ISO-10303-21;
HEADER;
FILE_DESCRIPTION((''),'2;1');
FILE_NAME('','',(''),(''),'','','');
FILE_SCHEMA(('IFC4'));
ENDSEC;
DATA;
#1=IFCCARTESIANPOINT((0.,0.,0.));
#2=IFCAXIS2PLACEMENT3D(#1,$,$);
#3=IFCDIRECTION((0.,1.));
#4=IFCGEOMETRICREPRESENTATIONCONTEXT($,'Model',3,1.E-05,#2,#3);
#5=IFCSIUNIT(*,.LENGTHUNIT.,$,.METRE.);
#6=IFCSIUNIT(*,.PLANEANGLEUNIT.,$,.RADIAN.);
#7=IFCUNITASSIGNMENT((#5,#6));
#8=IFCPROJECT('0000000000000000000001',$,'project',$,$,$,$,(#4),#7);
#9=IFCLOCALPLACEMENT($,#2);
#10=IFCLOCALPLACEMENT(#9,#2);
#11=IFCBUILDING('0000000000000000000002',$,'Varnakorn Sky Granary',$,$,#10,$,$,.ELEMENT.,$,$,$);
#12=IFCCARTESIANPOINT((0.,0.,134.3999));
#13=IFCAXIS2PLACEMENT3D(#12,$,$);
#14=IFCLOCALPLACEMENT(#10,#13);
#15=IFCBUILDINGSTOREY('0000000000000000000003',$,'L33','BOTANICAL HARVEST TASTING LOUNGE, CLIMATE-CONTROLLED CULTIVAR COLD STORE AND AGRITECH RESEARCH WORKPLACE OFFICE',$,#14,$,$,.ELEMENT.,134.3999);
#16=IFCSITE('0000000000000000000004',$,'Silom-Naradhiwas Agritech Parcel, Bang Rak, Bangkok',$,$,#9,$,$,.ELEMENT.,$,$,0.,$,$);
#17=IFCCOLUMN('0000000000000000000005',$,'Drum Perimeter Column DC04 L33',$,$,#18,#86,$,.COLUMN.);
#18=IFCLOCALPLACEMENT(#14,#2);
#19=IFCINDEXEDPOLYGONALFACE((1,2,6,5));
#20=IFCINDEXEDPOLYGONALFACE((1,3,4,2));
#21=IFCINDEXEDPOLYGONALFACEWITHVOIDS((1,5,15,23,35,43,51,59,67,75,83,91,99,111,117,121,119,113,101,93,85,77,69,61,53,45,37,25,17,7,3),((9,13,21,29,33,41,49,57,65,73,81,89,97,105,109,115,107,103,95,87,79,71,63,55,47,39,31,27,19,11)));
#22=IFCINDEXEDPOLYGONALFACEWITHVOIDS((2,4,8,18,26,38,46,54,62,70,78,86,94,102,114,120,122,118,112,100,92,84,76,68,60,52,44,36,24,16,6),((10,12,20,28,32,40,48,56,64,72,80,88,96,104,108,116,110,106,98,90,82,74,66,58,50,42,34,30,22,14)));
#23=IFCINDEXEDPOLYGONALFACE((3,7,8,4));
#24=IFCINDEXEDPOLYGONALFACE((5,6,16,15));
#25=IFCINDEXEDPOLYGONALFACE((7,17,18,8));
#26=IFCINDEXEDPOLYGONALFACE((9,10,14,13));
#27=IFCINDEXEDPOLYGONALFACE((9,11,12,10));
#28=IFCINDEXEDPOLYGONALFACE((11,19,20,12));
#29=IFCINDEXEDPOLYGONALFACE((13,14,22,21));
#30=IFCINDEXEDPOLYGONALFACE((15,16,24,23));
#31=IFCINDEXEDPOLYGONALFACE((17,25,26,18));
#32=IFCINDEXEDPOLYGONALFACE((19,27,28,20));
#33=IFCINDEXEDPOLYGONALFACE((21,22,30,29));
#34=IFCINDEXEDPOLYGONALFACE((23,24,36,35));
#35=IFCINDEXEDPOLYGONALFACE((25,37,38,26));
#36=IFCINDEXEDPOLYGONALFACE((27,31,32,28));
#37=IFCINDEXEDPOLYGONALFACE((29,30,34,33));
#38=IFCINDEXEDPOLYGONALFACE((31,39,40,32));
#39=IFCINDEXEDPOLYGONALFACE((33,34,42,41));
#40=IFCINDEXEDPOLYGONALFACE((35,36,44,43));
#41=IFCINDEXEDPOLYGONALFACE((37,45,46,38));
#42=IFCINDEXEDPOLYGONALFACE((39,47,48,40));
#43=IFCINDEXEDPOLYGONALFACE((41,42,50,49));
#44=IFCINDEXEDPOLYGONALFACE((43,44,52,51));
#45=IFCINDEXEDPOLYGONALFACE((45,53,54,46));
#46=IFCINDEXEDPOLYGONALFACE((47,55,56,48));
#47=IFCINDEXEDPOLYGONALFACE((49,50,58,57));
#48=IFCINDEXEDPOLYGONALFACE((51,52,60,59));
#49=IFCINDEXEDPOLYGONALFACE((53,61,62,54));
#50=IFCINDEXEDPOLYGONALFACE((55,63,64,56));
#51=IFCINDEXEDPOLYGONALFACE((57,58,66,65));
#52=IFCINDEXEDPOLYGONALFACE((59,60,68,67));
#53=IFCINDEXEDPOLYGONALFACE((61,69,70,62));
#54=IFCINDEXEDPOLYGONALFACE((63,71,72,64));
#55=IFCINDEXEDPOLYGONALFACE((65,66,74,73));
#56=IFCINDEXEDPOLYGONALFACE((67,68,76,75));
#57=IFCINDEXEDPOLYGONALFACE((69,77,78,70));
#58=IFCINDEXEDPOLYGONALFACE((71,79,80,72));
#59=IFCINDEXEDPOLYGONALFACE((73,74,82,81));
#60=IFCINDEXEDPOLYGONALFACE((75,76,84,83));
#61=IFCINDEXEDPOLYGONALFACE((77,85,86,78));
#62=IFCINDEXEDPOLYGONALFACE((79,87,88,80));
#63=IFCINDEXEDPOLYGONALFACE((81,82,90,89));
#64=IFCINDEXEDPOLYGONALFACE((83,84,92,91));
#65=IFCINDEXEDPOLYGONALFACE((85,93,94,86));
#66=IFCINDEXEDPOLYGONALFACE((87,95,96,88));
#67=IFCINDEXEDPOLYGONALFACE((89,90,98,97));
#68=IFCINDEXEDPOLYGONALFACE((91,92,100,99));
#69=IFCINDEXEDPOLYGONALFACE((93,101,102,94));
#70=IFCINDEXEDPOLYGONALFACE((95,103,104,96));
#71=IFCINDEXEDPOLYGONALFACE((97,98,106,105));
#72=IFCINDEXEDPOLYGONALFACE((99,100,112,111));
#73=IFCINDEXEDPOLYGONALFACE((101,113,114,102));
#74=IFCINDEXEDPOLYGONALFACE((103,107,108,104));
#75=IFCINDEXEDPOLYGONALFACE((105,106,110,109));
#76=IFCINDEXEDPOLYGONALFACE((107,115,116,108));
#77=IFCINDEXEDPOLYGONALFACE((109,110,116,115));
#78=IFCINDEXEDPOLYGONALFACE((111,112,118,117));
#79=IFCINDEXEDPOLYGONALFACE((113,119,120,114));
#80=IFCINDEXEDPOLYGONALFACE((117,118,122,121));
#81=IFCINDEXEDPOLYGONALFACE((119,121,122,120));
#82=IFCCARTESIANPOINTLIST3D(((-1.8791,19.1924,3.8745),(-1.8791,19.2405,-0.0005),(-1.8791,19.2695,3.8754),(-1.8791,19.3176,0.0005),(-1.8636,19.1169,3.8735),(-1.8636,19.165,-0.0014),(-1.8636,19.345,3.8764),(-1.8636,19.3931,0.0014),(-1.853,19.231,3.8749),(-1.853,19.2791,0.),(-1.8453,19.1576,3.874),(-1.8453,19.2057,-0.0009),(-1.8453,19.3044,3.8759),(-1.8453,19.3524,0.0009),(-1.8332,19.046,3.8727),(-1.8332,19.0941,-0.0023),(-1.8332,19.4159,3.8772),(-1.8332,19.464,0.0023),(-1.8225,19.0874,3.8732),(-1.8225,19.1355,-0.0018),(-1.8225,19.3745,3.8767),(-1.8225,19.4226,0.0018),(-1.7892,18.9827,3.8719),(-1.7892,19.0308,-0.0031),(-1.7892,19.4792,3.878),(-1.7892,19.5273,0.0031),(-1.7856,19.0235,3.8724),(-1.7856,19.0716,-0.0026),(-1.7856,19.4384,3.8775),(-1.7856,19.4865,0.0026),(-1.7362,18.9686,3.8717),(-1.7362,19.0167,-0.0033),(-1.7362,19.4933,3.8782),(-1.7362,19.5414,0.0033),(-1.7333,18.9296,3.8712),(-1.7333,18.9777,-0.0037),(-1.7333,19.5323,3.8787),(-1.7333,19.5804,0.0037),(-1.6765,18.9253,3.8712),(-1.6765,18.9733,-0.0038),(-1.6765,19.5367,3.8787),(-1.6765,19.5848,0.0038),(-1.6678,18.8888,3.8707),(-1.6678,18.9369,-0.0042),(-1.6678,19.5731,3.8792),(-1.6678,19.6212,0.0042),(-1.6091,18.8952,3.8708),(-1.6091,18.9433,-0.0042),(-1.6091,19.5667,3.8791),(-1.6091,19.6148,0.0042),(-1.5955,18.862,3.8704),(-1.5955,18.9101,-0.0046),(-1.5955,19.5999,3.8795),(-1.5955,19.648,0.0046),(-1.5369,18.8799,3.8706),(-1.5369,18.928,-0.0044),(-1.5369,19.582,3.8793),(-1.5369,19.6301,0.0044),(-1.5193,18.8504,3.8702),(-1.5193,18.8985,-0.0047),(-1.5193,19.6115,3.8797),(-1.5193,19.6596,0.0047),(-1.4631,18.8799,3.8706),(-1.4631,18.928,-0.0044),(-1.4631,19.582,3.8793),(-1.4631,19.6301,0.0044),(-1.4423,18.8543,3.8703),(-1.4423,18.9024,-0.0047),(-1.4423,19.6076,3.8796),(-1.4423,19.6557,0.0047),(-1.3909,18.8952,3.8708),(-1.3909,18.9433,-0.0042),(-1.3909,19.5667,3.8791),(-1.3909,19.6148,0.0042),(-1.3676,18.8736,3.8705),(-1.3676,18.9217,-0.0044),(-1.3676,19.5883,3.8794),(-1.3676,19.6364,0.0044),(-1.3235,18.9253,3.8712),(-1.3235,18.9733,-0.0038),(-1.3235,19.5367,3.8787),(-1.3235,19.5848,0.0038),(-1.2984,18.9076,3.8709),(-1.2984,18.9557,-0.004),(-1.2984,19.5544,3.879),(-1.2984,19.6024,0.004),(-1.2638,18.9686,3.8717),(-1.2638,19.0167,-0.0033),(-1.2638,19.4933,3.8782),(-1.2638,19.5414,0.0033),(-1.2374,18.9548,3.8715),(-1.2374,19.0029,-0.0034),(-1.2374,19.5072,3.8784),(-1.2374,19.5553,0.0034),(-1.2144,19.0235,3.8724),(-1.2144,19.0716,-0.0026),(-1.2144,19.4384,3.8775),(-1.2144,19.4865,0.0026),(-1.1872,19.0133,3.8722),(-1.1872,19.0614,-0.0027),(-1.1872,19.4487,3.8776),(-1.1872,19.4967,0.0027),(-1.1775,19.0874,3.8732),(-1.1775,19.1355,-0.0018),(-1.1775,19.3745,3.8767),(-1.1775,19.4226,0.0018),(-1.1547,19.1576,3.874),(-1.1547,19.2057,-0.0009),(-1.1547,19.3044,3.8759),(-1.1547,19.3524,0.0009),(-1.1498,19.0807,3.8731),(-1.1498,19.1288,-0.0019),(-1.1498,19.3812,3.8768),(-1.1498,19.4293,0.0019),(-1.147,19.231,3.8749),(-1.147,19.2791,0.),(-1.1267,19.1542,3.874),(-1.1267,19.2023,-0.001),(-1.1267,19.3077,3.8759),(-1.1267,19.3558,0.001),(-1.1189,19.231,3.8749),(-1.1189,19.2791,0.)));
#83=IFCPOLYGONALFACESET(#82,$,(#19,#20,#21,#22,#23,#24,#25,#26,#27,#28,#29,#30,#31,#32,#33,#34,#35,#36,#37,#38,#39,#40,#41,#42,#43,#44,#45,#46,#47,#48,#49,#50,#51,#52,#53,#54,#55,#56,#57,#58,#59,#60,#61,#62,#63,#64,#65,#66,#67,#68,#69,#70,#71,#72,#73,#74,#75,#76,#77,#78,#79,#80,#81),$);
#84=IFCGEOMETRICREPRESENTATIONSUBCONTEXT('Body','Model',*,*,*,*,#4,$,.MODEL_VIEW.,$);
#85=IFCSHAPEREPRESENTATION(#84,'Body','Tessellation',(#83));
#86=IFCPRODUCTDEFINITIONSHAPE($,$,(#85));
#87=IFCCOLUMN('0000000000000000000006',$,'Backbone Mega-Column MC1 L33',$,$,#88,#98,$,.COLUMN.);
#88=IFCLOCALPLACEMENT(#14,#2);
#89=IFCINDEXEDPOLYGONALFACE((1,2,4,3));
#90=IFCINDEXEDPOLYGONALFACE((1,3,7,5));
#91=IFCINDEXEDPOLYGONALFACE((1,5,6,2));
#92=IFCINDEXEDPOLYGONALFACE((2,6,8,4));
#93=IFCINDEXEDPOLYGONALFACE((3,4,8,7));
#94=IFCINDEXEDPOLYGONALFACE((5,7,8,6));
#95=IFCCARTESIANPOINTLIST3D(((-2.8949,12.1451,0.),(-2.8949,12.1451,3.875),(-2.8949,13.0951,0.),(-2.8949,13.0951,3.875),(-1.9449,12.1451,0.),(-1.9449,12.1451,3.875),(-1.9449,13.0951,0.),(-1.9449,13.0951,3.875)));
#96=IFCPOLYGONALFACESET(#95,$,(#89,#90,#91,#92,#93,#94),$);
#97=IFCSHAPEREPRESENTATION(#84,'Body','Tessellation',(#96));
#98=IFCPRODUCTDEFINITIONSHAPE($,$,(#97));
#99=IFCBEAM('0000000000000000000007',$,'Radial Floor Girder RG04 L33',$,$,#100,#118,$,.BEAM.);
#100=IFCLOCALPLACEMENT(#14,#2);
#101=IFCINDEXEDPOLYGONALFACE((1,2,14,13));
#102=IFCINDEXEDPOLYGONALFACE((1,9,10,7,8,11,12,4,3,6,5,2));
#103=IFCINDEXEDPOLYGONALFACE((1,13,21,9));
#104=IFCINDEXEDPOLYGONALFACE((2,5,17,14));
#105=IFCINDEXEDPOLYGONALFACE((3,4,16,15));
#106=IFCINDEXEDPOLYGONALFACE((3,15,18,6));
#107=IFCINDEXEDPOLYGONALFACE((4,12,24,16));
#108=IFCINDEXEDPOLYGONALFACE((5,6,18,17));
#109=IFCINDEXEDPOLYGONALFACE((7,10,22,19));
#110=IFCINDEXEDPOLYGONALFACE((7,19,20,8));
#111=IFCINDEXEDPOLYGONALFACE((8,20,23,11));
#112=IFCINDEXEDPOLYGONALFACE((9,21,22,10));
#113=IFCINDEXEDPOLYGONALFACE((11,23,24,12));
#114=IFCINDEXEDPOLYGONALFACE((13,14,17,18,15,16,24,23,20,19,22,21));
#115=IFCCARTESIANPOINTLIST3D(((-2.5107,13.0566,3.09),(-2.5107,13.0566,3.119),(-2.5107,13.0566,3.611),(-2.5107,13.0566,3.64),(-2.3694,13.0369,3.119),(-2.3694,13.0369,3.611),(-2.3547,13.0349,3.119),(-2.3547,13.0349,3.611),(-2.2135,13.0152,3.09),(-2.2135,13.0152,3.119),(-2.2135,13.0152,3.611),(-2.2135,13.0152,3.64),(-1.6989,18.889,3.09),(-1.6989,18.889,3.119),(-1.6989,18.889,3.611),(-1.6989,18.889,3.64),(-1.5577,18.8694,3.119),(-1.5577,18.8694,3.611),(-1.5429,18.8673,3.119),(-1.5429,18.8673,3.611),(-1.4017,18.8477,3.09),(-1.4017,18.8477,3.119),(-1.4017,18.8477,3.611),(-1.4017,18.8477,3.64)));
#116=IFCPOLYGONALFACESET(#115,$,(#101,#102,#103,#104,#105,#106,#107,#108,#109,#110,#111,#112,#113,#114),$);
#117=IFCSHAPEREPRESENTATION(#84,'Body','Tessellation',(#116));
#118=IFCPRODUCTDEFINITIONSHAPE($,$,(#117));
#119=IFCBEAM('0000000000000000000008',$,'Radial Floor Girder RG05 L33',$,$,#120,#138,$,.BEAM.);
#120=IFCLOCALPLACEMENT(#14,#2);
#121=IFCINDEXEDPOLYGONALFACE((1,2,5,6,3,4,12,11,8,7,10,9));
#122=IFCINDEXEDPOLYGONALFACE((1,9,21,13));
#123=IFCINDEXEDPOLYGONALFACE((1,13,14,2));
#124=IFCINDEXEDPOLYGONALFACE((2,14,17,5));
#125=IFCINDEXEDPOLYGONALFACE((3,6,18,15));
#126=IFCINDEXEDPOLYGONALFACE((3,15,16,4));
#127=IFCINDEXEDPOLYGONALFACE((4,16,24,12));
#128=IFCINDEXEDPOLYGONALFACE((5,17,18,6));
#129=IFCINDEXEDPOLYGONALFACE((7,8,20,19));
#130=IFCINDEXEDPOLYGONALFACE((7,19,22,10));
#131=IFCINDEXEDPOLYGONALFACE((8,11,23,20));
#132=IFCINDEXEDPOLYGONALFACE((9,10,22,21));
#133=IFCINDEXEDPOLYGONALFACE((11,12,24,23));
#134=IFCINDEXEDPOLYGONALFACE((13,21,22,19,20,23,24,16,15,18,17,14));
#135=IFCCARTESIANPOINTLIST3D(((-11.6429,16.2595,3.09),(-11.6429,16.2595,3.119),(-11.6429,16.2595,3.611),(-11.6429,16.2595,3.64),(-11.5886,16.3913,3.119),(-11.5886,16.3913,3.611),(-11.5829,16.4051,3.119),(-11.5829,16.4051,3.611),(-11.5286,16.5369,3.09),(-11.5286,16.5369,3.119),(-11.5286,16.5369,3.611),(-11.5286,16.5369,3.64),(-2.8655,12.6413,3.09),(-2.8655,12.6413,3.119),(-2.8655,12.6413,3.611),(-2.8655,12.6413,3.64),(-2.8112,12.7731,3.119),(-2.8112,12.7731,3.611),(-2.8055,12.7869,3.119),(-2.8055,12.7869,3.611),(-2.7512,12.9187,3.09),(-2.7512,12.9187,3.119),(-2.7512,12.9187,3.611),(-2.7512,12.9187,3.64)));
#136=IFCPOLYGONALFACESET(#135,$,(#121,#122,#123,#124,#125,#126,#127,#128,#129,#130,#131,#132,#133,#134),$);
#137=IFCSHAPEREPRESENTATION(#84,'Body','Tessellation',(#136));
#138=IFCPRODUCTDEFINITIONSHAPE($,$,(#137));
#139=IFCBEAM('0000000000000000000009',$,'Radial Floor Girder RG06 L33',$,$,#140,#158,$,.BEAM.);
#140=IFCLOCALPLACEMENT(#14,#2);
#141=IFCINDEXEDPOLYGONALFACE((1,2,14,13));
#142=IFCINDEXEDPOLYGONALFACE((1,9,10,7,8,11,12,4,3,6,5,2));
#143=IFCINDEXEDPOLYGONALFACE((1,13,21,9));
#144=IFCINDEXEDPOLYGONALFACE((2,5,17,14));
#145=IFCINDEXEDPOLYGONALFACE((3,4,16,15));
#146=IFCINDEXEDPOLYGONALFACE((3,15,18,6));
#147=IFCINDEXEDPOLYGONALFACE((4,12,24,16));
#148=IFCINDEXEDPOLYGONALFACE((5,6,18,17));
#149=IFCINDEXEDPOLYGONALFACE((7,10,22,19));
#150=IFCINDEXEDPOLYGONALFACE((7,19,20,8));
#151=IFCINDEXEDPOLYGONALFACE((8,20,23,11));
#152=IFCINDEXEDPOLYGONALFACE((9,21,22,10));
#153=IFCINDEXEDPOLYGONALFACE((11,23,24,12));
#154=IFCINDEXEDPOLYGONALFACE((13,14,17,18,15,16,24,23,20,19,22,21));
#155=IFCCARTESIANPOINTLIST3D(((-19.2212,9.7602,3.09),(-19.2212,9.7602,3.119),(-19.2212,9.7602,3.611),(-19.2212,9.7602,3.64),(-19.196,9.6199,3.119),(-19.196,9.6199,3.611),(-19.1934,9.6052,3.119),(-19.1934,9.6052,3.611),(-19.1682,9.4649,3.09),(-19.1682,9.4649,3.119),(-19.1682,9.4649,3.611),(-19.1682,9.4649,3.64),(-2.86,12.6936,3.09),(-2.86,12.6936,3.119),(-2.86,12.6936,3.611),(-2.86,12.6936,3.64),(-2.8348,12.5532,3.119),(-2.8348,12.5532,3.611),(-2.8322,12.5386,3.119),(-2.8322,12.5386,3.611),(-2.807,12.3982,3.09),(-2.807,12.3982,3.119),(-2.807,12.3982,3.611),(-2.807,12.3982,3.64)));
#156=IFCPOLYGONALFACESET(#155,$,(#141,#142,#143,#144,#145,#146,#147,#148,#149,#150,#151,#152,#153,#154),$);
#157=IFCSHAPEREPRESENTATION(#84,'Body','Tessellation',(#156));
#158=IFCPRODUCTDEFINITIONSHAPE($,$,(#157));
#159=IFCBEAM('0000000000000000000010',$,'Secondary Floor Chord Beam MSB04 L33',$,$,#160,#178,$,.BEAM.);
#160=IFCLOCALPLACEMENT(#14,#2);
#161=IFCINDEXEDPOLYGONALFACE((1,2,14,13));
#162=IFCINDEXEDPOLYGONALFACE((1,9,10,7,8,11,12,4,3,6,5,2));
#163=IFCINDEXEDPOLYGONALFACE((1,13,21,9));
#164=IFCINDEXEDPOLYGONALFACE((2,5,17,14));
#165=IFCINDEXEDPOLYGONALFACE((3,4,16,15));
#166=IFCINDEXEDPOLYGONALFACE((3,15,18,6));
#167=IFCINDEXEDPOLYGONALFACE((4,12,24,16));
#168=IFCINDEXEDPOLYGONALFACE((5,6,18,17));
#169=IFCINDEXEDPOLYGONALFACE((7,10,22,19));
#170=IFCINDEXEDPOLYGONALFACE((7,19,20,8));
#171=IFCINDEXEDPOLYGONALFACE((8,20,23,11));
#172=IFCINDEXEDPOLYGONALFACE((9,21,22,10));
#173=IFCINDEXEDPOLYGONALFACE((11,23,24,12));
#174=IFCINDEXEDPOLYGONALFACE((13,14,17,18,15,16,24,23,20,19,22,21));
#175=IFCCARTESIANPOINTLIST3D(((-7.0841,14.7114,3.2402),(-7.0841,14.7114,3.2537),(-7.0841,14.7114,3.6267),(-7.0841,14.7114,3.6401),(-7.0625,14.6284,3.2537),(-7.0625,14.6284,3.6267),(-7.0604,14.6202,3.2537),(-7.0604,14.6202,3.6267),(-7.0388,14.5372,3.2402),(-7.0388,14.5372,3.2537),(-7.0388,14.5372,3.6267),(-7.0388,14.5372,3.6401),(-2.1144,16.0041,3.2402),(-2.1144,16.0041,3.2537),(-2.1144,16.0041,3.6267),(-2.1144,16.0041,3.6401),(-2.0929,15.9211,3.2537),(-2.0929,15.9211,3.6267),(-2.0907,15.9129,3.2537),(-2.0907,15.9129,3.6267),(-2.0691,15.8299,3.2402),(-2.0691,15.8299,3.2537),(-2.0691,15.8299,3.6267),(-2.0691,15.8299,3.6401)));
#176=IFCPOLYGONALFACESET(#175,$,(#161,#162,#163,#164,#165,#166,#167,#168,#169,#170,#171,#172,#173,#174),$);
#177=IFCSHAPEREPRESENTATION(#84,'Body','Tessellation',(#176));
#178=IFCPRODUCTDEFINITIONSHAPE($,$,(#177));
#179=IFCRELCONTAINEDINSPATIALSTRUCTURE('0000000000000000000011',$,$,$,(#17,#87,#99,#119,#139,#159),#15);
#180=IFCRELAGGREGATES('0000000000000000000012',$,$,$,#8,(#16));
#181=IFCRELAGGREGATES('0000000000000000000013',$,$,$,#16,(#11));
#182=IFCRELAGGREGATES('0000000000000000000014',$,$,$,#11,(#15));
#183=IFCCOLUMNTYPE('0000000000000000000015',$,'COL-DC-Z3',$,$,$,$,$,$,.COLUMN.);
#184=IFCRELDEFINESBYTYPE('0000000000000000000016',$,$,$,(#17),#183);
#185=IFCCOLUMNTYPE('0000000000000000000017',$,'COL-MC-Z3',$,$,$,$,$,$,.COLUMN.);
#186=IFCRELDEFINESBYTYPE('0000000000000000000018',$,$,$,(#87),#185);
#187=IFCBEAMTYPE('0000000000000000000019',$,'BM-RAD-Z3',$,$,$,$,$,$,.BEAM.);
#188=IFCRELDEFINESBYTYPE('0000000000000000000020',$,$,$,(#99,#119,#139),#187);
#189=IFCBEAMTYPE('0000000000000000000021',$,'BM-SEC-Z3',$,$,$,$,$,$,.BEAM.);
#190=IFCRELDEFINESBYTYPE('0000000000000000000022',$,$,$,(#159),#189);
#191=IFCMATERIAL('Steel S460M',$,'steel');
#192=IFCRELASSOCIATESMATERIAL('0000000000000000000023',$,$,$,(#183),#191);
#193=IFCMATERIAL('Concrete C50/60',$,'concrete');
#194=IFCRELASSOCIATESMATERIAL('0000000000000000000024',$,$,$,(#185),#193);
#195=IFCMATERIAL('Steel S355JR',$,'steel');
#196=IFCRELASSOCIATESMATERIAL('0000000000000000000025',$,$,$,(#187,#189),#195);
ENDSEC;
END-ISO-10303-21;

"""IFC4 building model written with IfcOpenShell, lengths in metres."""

from ifc_helpers import new_model, si_unit, direction, frame, origin, origin_2d, place, context, subcontext, project, spatial, rectangle, hollow_circle, i_section, extrude, material, material_profile, profile_set, type_object, element, save


model = new_model("IFC4")

# Units and contexts
model_context = context("Model", 3, precision=1e-05, world=origin(), true_north=direction((0.0, 1.0)))
body_context = subcontext(model_context, "Body", "Model", "MODEL_VIEW")
ifc_project = project(units=[si_unit("LENGTHUNIT", "METRE"), si_unit("PLANEANGLEUNIT", "RADIAN")], contexts=[model_context])

# Site, building, storey
site_placement = place(None, origin())
site = spatial("IfcSite", under=ifc_project, at=site_placement, Name="Silom-Naradhiwas Agritech Parcel, Bang Rak, Bangkok", CompositionType="ELEMENT", RefElevation=0.0)
building_placement = place(site_placement, origin())
building = spatial("IfcBuilding", under=site, at=building_placement, Name="Varnakorn Sky Granary", CompositionType="ELEMENT")
storey_placement = place(building_placement, frame((0.0, 0.0, 134.3999)))
storey = spatial("IfcBuildingStorey", under=building, at=storey_placement, Name="L33", Description="BOTANICAL HARVEST TASTING LOUNGE, CLIMATE-CONTROLLED CULTIVAR COLD STORE AND AGRITECH RESEARCH WORKPLACE OFFICE", CompositionType="ELEMENT", Elevation=134.3999)

# Columns
ifc_material_1 = material(Name="Steel S460M", Category="steel")
ifc_material_profile_1 = material_profile(ifc_material_1, hollow_circle(Radius=0.3811, WallThickness=0.0281, at=origin_2d()), Name="CHS 762x28")
ifc_profile_set_1 = profile_set([ifc_material_profile_1], Name="Steel S460M")
column_type_1 = type_object("IfcColumnType", Name="COL-DC-Z3", PredefinedType="COLUMN", material=ifc_profile_set_1)
column_1_placement = place(storey_placement, frame((-1.5, 19.2791, 0.0), z_axis=(0.0, -0.012411, 0.999923), x_axis=(1.0, 0.0, 0.0)))
element("IfcColumn", 1, at=column_1_placement, inside=storey, type_object=column_type_1, Name="Drum Perimeter Column DC04 L33", PredefinedType="COLUMN", context=body_context, shape_type="SweptSolid", body=[
    extrude(hollow_circle(Radius=0.3811, WallThickness=0.0281, at=origin_2d()), origin(), (0.0, 0.0, 1.0), 3.8752),
])
ifc_material_2 = material(Name="Concrete C50/60", Category="concrete")
ifc_material_profile_2 = material_profile(ifc_material_2, rectangle(XDim=0.95, YDim=0.95, at=origin_2d()), Name="RC 950x950")
ifc_profile_set_2 = profile_set([ifc_material_profile_2], Name="Concrete C50/60")
column_type_2 = type_object("IfcColumnType", Name="COL-MC-Z3", PredefinedType="COLUMN", material=ifc_profile_set_2)
column_2_placement = place(storey_placement, frame((-2.4199, 12.6201, 0.0), z_axis=(0.0, 0.0, 1.0), x_axis=(1.0, 0.0, 0.0)))
element("IfcColumn", 2, at=column_2_placement, inside=storey, type_object=column_type_2, Name="Backbone Mega-Column MC1 L33", PredefinedType="COLUMN", context=body_context, shape_type="SweptSolid", body=[
    extrude(rectangle(XDim=0.95, YDim=0.95, at=origin_2d()), origin(), (0.0, 0.0, 1.0), 3.875),
])

# Beams
ifc_material_3 = material(Name="Steel S355JR", Category="steel")
ifc_material_profile_3 = material_profile(ifc_material_3, i_section(OverallWidth=0.3, OverallDepth=0.55, WebThickness=0.0149, FlangeThickness=0.0291, at=origin_2d()), Name="HE 550 B")
ifc_profile_set_3 = profile_set([ifc_material_profile_3], Name="Steel S355JR")
beam_type_1 = type_object("IfcBeamType", Name="BM-RAD-Z3", PredefinedType="BEAM", material=ifc_profile_set_3)
beam_1_placement = place(storey_placement, frame((-2.3621, 13.0359, 3.365), z_axis=(0.137851, 0.990453, 0.0), x_axis=(-0.990453, 0.137851, 0.0)))
element("IfcBeam", 3, at=beam_1_placement, inside=storey, type_object=beam_type_1, Name="Radial Floor Girder RG04 L33", PredefinedType="BEAM", context=body_context, shape_type="SweptSolid", body=[
    extrude(i_section(OverallWidth=0.3, OverallDepth=0.55, WebThickness=0.0149, FlangeThickness=0.0291, at=origin_2d()), origin(), (0.0, 0.0, 1.0), 5.8887),
])
beam_2_placement = place(storey_placement, frame((-2.8083, 12.78, 3.365), z_axis=(-0.924531, 0.381107, 0.0), x_axis=(-0.381107, -0.924531, 0.0)))
element("IfcBeam", 4, at=beam_2_placement, inside=storey, type_object=beam_type_1, Name="Radial Floor Girder RG05 L33", PredefinedType="BEAM", context=body_context, shape_type="SweptSolid", body=[
    extrude(i_section(OverallWidth=0.3, OverallDepth=0.55, WebThickness=0.0149, FlangeThickness=0.0291, at=origin_2d()), origin(), (0.0, 0.0, 1.0), 9.4939),
])
beam_3_placement = place(storey_placement, frame((-2.8335, 12.5459, 3.365), z_axis=(-0.984305, -0.176474, 0.0), x_axis=(0.176474, -0.984305, 0.0)))
element("IfcBeam", 5, at=beam_3_placement, inside=storey, type_object=beam_type_1, Name="Radial Floor Girder RG06 L33", PredefinedType="BEAM", context=body_context, shape_type="SweptSolid", body=[
    extrude(i_section(OverallWidth=0.3, OverallDepth=0.55, WebThickness=0.0149, FlangeThickness=0.0291, at=origin_2d()), origin(), (0.0, 0.0, 1.0), 16.6221),
])
ifc_material_profile_4 = material_profile(ifc_material_3, i_section(OverallWidth=0.1799, OverallDepth=0.3999, WebThickness=0.0085, FlangeThickness=0.0134, at=origin_2d()), Name="IPE 400")
ifc_profile_set_4 = profile_set([ifc_material_profile_4], Name="Steel S355JR")
beam_type_2 = type_object("IfcBeamType", Name="BM-SEC-Z3", PredefinedType="BEAM", material=ifc_profile_set_4)
beam_4_placement = place(storey_placement, frame((-2.0918, 15.917, 3.4402), z_axis=(-0.967794, -0.251743, 0.0), x_axis=(0.251743, -0.967794, 0.0)))
element("IfcBeam", 6, at=beam_4_placement, inside=storey, type_object=beam_type_2, Name="Secondary Floor Chord Beam MSB04 L33", PredefinedType="BEAM", context=body_context, shape_type="SweptSolid", body=[
    extrude(i_section(OverallWidth=0.1799, OverallDepth=0.3999, WebThickness=0.0085, FlangeThickness=0.0134, at=origin_2d()), origin(), (0.0, 0.0, 1.0), 5.135),
])

save(model, "model.ifc")
